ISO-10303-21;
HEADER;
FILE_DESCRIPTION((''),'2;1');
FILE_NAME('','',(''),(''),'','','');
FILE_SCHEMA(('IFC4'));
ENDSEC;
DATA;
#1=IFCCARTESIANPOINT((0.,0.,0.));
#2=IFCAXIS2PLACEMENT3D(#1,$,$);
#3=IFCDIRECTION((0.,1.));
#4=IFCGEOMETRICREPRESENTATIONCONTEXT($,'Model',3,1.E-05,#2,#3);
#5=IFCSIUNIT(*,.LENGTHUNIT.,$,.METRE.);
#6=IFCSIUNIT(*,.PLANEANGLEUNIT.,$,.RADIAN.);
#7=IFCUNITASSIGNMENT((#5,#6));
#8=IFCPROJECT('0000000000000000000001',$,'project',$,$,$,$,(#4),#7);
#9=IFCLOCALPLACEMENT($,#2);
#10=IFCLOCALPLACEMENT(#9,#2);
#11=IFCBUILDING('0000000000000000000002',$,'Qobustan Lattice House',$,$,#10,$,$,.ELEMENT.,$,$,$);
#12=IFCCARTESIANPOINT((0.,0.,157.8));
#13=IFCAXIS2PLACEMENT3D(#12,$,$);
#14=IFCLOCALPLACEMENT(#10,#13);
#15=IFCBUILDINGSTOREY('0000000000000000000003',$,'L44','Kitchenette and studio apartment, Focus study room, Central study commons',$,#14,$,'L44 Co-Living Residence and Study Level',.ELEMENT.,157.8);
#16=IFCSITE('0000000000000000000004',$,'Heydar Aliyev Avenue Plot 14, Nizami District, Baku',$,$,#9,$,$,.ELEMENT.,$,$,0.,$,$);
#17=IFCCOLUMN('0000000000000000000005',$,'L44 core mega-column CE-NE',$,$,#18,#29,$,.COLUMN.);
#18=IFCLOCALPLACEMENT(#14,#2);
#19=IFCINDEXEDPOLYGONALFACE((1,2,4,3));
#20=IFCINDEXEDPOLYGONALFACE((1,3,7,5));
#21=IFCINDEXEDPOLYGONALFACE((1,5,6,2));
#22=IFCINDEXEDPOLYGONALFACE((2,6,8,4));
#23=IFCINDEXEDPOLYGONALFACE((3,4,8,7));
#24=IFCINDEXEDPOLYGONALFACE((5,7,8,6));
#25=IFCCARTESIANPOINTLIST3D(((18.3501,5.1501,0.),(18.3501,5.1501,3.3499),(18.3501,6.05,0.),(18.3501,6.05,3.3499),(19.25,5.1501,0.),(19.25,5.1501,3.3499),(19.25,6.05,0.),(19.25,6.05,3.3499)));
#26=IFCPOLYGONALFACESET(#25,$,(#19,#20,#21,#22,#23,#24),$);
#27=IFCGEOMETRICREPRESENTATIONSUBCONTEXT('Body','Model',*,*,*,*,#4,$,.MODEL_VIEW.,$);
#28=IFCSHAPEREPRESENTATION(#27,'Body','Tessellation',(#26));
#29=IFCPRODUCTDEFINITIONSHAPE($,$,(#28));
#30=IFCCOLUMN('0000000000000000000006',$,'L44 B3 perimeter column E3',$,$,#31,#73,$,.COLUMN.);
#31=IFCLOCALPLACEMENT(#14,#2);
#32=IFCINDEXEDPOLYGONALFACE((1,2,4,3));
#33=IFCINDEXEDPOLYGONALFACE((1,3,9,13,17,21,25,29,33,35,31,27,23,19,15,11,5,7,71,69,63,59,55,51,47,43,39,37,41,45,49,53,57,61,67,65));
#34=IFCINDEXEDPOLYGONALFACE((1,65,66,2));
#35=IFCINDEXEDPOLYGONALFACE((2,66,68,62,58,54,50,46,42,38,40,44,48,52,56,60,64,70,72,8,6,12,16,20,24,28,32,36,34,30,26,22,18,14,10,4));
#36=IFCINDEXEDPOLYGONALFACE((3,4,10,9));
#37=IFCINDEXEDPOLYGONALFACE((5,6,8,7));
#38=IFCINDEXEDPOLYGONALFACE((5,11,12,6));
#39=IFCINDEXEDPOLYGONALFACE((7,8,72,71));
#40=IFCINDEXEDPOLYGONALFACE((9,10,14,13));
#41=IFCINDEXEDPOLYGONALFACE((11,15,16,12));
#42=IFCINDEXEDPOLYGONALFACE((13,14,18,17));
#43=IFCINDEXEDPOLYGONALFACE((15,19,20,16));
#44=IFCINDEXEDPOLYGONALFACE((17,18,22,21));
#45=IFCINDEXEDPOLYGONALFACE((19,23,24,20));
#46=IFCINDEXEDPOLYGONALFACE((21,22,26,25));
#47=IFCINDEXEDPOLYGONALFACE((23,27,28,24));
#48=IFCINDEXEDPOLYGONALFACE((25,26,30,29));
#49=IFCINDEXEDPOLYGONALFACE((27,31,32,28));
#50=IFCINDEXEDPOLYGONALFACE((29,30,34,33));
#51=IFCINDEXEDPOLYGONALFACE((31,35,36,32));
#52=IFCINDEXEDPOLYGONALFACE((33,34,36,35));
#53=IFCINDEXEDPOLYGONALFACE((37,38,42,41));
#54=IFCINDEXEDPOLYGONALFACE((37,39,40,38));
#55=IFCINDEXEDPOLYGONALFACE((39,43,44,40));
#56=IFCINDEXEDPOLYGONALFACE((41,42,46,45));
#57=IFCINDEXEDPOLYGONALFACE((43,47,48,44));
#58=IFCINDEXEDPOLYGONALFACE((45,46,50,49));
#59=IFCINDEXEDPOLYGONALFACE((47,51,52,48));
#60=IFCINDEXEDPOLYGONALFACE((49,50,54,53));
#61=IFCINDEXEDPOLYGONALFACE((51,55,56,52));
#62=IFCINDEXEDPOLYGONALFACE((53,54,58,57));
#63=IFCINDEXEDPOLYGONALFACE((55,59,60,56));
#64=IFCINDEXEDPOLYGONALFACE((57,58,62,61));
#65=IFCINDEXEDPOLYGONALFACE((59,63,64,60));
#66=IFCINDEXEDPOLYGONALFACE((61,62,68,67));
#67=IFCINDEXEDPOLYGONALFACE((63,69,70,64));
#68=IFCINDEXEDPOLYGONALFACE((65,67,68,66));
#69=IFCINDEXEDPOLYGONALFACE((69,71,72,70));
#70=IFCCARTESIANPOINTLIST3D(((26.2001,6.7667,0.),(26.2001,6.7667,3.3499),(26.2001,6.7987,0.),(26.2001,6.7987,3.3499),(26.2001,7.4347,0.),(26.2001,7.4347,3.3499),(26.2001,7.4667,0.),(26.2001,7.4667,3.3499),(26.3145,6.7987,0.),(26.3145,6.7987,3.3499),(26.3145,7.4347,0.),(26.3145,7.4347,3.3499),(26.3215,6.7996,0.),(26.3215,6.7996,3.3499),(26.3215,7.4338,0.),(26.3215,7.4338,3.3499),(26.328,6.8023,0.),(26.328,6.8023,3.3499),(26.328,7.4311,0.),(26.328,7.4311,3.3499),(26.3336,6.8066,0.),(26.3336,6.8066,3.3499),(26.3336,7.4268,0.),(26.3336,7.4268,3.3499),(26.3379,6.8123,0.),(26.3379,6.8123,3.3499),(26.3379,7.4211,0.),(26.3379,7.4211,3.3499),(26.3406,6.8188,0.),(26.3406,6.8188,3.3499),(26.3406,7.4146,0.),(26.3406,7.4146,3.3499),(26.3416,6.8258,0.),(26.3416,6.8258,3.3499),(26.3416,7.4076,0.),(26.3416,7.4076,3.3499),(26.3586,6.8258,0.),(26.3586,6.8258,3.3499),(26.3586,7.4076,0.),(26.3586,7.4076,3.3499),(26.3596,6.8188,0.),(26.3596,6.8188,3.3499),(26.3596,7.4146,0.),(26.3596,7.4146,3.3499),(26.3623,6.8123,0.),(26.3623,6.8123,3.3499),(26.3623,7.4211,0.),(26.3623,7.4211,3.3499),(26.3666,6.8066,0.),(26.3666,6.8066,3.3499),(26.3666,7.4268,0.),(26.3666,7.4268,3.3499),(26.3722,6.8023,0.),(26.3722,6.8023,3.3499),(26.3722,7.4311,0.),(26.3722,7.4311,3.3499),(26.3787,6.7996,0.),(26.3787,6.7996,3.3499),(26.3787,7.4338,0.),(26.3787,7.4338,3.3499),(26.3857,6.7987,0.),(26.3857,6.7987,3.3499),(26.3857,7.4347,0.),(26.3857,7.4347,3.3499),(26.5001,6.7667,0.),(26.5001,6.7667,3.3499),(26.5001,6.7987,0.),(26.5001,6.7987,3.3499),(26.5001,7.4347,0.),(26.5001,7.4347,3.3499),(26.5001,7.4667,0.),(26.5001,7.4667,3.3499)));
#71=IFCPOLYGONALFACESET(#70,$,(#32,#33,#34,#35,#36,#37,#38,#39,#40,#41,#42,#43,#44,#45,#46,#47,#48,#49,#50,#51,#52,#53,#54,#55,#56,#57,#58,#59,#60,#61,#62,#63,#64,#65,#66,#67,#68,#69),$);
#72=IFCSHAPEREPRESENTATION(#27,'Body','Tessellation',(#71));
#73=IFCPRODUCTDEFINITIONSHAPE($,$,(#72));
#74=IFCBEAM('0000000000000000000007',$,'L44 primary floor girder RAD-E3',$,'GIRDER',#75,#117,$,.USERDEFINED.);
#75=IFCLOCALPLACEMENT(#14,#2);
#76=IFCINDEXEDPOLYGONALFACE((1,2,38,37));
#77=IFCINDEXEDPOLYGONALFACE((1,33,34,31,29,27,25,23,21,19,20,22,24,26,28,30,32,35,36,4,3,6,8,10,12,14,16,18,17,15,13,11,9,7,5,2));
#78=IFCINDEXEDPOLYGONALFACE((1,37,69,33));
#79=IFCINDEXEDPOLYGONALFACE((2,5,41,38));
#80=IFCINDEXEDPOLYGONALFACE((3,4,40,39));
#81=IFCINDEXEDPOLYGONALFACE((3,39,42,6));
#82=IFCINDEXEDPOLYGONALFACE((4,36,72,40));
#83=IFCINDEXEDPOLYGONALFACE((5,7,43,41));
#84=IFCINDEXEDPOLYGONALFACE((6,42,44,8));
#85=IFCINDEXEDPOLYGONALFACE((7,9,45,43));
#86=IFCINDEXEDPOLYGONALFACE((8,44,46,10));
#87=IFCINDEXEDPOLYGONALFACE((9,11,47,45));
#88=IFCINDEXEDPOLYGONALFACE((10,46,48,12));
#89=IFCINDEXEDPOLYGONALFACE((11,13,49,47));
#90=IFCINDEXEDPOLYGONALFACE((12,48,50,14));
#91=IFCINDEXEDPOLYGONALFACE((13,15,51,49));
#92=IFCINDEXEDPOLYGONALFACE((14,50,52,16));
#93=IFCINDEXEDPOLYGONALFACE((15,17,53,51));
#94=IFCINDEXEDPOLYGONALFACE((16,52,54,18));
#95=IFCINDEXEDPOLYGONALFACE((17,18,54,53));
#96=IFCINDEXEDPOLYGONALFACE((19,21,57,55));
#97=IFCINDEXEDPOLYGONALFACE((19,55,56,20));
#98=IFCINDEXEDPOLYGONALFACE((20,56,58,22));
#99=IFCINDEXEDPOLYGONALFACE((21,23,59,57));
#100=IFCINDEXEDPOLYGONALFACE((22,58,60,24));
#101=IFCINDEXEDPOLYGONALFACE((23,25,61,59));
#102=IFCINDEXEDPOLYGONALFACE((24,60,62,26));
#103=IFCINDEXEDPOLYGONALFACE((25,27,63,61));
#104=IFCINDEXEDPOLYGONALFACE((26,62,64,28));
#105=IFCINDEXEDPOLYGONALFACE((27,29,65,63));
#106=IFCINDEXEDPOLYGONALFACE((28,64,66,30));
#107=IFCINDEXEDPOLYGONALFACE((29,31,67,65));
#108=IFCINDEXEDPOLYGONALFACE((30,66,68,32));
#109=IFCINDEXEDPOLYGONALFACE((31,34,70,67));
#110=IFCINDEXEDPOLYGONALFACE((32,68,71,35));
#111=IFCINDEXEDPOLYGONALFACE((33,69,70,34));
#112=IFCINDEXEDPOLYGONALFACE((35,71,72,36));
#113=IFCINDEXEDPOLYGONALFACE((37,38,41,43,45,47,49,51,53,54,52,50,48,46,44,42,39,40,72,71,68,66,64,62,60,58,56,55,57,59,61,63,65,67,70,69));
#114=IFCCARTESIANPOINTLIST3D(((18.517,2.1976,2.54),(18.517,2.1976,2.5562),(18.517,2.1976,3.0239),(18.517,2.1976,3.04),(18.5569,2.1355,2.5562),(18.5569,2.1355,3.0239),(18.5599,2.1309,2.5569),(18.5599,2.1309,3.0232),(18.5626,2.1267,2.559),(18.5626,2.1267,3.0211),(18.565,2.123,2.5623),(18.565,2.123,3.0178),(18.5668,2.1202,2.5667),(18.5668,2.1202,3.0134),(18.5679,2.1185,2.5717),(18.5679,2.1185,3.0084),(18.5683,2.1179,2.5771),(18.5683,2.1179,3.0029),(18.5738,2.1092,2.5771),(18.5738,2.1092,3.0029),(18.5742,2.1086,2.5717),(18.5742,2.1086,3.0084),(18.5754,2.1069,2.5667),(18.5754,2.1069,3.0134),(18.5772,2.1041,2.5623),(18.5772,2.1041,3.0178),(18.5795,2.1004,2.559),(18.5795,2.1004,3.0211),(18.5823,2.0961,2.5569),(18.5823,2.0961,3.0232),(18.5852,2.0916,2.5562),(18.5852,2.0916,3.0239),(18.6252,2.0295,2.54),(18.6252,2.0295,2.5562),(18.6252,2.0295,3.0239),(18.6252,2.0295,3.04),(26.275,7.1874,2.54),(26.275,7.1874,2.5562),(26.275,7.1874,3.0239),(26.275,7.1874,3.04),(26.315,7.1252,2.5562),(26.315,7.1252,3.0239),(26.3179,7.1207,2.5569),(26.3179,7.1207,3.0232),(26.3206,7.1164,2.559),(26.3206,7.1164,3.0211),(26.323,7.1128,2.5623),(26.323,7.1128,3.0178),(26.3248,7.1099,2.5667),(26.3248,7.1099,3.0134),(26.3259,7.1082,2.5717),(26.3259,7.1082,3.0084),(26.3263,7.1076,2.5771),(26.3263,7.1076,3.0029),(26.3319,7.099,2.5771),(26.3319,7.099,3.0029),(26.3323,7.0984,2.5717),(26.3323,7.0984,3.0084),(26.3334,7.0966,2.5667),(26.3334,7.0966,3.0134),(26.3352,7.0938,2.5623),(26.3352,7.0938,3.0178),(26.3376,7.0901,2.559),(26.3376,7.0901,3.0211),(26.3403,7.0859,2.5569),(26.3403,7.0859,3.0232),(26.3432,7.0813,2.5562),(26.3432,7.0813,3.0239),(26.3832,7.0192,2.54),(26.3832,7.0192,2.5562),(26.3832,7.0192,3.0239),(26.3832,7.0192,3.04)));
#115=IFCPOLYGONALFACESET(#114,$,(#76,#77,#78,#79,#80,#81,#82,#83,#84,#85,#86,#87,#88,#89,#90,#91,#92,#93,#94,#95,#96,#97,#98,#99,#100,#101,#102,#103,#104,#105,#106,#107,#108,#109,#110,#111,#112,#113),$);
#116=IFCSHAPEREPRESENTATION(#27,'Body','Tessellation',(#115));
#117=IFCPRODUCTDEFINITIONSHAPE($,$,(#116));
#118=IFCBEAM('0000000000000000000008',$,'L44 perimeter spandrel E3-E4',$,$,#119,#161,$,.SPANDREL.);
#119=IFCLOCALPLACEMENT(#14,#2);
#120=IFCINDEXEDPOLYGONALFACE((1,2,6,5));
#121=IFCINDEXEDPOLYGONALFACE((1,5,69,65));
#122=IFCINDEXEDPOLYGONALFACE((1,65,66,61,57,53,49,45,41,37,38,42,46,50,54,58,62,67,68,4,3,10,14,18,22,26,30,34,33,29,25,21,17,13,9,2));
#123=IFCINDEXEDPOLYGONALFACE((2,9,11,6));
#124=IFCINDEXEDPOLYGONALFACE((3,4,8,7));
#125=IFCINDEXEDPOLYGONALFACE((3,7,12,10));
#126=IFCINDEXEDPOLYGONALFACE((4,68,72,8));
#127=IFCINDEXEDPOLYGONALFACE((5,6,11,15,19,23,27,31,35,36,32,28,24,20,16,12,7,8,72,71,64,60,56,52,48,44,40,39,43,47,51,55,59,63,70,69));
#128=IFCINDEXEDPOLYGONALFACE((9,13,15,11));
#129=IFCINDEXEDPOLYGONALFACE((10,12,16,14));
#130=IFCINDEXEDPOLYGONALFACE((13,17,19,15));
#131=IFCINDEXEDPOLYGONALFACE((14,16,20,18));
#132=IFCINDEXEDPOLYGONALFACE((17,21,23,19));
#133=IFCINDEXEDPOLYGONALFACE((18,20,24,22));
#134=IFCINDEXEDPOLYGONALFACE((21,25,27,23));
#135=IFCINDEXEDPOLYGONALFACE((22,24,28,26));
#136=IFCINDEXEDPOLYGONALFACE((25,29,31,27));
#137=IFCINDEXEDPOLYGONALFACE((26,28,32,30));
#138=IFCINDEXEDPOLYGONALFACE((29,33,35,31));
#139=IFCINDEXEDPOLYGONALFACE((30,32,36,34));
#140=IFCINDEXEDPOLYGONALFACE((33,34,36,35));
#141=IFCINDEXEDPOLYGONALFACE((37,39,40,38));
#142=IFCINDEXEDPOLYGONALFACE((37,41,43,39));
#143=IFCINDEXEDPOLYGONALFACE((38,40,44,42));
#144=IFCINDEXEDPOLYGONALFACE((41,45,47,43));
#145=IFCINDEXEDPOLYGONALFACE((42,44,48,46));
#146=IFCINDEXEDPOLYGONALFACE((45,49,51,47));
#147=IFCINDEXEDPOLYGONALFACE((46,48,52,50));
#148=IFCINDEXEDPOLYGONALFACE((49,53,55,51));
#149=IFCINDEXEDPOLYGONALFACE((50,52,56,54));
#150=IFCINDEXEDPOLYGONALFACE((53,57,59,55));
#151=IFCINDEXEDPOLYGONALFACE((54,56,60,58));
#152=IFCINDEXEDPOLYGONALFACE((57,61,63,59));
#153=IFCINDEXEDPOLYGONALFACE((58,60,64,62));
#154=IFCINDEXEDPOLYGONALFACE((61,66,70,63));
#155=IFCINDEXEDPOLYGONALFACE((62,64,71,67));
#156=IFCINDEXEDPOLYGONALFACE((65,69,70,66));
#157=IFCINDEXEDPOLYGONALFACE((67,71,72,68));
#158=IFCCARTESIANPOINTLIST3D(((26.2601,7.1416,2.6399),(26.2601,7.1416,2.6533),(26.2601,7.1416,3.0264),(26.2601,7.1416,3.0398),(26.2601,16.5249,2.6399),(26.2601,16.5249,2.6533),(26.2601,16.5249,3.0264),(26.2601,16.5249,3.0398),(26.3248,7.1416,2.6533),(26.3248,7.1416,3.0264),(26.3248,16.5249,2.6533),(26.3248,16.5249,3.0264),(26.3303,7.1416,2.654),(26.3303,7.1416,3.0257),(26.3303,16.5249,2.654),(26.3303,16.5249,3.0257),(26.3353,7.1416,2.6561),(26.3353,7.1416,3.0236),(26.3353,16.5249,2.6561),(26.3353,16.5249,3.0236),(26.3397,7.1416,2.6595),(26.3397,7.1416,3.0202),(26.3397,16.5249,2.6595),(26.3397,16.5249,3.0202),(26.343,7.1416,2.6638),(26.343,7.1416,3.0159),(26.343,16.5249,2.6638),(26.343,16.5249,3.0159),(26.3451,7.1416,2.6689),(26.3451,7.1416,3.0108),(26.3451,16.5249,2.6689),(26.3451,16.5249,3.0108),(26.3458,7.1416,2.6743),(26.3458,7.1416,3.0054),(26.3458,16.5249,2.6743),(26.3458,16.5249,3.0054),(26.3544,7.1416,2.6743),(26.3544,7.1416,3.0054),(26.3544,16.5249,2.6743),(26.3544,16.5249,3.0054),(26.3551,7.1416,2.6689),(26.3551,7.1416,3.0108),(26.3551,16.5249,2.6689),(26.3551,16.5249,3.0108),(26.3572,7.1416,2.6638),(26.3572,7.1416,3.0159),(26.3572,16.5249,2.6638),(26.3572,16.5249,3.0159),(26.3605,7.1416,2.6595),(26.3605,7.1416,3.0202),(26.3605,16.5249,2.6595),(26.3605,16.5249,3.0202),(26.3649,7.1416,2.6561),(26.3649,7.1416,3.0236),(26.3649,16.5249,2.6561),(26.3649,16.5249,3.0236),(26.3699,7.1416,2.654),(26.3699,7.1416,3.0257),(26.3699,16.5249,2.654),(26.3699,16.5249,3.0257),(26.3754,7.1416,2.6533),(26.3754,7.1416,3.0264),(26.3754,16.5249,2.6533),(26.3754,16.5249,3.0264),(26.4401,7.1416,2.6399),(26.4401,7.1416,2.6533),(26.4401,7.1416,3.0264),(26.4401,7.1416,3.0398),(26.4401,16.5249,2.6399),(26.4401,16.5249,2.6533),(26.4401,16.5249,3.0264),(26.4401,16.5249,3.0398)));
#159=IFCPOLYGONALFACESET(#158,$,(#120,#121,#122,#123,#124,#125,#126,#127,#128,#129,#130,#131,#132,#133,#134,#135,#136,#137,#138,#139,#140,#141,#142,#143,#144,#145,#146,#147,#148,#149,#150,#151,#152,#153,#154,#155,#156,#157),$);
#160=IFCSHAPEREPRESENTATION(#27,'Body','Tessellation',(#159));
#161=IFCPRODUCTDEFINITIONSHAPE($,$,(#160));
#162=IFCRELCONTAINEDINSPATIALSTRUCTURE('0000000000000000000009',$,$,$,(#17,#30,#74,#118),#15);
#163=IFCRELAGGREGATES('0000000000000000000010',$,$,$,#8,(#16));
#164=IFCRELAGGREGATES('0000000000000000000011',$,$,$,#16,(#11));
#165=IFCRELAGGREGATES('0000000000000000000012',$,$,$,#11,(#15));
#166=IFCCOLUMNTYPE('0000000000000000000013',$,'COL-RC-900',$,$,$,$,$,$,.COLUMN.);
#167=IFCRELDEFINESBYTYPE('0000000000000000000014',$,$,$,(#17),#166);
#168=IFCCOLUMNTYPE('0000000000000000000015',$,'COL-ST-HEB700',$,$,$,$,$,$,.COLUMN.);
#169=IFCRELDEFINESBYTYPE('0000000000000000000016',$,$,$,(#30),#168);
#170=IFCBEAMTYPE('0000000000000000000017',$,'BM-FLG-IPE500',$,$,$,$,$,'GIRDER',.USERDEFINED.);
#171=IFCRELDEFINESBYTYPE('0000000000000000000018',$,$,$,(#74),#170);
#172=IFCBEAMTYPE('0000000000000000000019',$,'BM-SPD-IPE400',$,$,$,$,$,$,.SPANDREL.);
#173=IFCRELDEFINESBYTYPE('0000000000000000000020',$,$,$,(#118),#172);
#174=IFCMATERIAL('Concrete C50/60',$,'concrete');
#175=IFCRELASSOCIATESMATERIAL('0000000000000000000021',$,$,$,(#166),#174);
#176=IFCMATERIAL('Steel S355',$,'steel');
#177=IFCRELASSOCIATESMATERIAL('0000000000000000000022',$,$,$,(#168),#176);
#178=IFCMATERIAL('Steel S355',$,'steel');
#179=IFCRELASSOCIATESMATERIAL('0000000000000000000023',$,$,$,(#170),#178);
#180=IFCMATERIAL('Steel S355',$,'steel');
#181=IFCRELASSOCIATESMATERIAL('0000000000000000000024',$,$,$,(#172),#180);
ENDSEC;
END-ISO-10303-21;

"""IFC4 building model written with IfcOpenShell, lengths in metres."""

from ifc_helpers import new_model, si_unit, direction, frame, origin, origin_2d, place, context, subcontext, project, spatial, rectangle, i_section, extrude, material, material_profile, profile_set, type_object, element, save


model = new_model("IFC4")

# Units and contexts
model_context = context("Model", 3, precision=1e-05, world=origin(), true_north=direction((0.0, 1.0)))
body_context = subcontext(model_context, "Body", "Model", "MODEL_VIEW")
ifc_project = project(units=[si_unit("LENGTHUNIT", "METRE"), si_unit("PLANEANGLEUNIT", "RADIAN")], contexts=[model_context])

# Site, building, storey
site_placement = place(None, origin())
site = spatial("IfcSite", under=ifc_project, at=site_placement, Name="Heydar Aliyev Avenue Plot 14, Nizami District, Baku", CompositionType="ELEMENT", RefElevation=0.0)
building_placement = place(site_placement, origin())
building = spatial("IfcBuilding", under=site, at=building_placement, Name="Qobustan Lattice House", CompositionType="ELEMENT")
storey_placement = place(building_placement, frame((0.0, 0.0, 157.8)))
storey = spatial("IfcBuildingStorey", under=building, at=storey_placement, Name="L44", Description="Kitchenette and studio apartment, Focus study room, Central study commons", LongName="L44 Co-Living Residence and Study Level", CompositionType="ELEMENT", Elevation=157.8)

# Columns
ifc_material_1 = material(Name="Concrete C50/60", Category="concrete")
ifc_material_profile_1 = material_profile(ifc_material_1, rectangle(XDim=0.8999, YDim=0.8999, at=origin_2d()), Name="RC900x900")
ifc_profile_set_1 = profile_set([ifc_material_profile_1], Name="Concrete C50/60")
column_type_1 = type_object("IfcColumnType", Name="COL-RC-900", PredefinedType="COLUMN", material=ifc_profile_set_1)
column_1_placement = place(storey_placement, frame((18.8, 5.6001, 0.0), z_axis=(0.0, 0.0, 1.0), x_axis=(1.0, 0.0, 0.0)))
element("IfcColumn", 1, at=column_1_placement, inside=storey, type_object=column_type_1, Name="L44 core mega-column CE-NE", PredefinedType="COLUMN", context=body_context, shape_type="SweptSolid", body=[
    extrude(rectangle(XDim=0.8999, YDim=0.8999, at=origin_2d()), origin(), (0.0, 0.0, 1.0), 3.3499),
])
ifc_material_2 = material(Name="Steel S355", Category="steel")
ifc_material_profile_2 = material_profile(ifc_material_2, i_section(OverallWidth=0.3, OverallDepth=0.7, WebThickness=0.0171, FlangeThickness=0.032, FilletRadius=0.0271, at=origin_2d()), Name="HEB700")
ifc_profile_set_2 = profile_set([ifc_material_profile_2], Name="Steel S355")
column_type_2 = type_object("IfcColumnType", Name="COL-ST-HEB700", PredefinedType="COLUMN", material=ifc_profile_set_2)
column_2_placement = place(storey_placement, frame((26.3501, 7.1167, 0.0), z_axis=(0.0, 0.0, 1.0), x_axis=(1.0, 0.0, 0.0)))
element("IfcColumn", 2, at=column_2_placement, inside=storey, type_object=column_type_2, Name="L44 B3 perimeter column E3", PredefinedType="COLUMN", context=body_context, shape_type="SweptSolid", body=[
    extrude(i_section(OverallWidth=0.3, OverallDepth=0.7, WebThickness=0.0171, FlangeThickness=0.032, FilletRadius=0.0271, at=origin_2d()), origin(), (0.0, 0.0, 1.0), 3.3499),
])

# Beams
ifc_material_3 = material(Name="Steel S355", Category="steel")
ifc_material_profile_3 = material_profile(ifc_material_3, i_section(OverallWidth=0.2, OverallDepth=0.5, WebThickness=0.0103, FlangeThickness=0.0161, FilletRadius=0.021, at=origin_2d()), Name="IPE500")
ifc_profile_set_3 = profile_set([ifc_material_profile_3], Name="Steel S355")
beam_type_1 = type_object("IfcBeamType", Name="BM-FLG-IPE500", ElementType="GIRDER", PredefinedType="USERDEFINED", material=ifc_profile_set_3)
beam_1_placement = place(storey_placement, frame((26.3291, 7.1033, 2.79), z_axis=(-0.841059, -0.540944, 0.0), x_axis=(0.540944, -0.841059, 0.0)))
element("IfcBeam", 3, at=beam_1_placement, inside=storey, type_object=beam_type_1, Name="L44 primary floor girder RAD-E3", ObjectType="GIRDER", PredefinedType="USERDEFINED", context=body_context, shape_type="SweptSolid", body=[
    extrude(i_section(OverallWidth=0.2, OverallDepth=0.5, WebThickness=0.0103, FlangeThickness=0.0161, FilletRadius=0.021, at=origin_2d()), origin(), (0.0, 0.0, 1.0), 9.2241),
])
ifc_material_4 = material(Name="Steel S355", Category="steel")
ifc_material_profile_4 = material_profile(ifc_material_4, i_section(OverallWidth=0.1799, OverallDepth=0.3999, WebThickness=0.0085, FlangeThickness=0.0134, FilletRadius=0.021, at=origin_2d()), Name="IPE400")
ifc_profile_set_4 = profile_set([ifc_material_profile_4], Name="Steel S355")
beam_type_2 = type_object("IfcBeamType", Name="BM-SPD-IPE400", PredefinedType="SPANDREL", material=ifc_profile_set_4)
beam_2_placement = place(storey_placement, frame((26.3501, 7.1416, 2.8398), z_axis=(0.0, 1.0, 0.0), x_axis=(-1.0, 0.0, 0.0)))
element("IfcBeam", 4, at=beam_2_placement, inside=storey, type_object=beam_type_2, Name="L44 perimeter spandrel E3-E4", PredefinedType="SPANDREL", context=body_context, shape_type="SweptSolid", body=[
    extrude(i_section(OverallWidth=0.1799, OverallDepth=0.3999, WebThickness=0.0085, FlangeThickness=0.0134, FilletRadius=0.021, at=origin_2d()), origin(), (0.0, 0.0, 1.0), 9.3833),
])

save(model, "model.ifc")
